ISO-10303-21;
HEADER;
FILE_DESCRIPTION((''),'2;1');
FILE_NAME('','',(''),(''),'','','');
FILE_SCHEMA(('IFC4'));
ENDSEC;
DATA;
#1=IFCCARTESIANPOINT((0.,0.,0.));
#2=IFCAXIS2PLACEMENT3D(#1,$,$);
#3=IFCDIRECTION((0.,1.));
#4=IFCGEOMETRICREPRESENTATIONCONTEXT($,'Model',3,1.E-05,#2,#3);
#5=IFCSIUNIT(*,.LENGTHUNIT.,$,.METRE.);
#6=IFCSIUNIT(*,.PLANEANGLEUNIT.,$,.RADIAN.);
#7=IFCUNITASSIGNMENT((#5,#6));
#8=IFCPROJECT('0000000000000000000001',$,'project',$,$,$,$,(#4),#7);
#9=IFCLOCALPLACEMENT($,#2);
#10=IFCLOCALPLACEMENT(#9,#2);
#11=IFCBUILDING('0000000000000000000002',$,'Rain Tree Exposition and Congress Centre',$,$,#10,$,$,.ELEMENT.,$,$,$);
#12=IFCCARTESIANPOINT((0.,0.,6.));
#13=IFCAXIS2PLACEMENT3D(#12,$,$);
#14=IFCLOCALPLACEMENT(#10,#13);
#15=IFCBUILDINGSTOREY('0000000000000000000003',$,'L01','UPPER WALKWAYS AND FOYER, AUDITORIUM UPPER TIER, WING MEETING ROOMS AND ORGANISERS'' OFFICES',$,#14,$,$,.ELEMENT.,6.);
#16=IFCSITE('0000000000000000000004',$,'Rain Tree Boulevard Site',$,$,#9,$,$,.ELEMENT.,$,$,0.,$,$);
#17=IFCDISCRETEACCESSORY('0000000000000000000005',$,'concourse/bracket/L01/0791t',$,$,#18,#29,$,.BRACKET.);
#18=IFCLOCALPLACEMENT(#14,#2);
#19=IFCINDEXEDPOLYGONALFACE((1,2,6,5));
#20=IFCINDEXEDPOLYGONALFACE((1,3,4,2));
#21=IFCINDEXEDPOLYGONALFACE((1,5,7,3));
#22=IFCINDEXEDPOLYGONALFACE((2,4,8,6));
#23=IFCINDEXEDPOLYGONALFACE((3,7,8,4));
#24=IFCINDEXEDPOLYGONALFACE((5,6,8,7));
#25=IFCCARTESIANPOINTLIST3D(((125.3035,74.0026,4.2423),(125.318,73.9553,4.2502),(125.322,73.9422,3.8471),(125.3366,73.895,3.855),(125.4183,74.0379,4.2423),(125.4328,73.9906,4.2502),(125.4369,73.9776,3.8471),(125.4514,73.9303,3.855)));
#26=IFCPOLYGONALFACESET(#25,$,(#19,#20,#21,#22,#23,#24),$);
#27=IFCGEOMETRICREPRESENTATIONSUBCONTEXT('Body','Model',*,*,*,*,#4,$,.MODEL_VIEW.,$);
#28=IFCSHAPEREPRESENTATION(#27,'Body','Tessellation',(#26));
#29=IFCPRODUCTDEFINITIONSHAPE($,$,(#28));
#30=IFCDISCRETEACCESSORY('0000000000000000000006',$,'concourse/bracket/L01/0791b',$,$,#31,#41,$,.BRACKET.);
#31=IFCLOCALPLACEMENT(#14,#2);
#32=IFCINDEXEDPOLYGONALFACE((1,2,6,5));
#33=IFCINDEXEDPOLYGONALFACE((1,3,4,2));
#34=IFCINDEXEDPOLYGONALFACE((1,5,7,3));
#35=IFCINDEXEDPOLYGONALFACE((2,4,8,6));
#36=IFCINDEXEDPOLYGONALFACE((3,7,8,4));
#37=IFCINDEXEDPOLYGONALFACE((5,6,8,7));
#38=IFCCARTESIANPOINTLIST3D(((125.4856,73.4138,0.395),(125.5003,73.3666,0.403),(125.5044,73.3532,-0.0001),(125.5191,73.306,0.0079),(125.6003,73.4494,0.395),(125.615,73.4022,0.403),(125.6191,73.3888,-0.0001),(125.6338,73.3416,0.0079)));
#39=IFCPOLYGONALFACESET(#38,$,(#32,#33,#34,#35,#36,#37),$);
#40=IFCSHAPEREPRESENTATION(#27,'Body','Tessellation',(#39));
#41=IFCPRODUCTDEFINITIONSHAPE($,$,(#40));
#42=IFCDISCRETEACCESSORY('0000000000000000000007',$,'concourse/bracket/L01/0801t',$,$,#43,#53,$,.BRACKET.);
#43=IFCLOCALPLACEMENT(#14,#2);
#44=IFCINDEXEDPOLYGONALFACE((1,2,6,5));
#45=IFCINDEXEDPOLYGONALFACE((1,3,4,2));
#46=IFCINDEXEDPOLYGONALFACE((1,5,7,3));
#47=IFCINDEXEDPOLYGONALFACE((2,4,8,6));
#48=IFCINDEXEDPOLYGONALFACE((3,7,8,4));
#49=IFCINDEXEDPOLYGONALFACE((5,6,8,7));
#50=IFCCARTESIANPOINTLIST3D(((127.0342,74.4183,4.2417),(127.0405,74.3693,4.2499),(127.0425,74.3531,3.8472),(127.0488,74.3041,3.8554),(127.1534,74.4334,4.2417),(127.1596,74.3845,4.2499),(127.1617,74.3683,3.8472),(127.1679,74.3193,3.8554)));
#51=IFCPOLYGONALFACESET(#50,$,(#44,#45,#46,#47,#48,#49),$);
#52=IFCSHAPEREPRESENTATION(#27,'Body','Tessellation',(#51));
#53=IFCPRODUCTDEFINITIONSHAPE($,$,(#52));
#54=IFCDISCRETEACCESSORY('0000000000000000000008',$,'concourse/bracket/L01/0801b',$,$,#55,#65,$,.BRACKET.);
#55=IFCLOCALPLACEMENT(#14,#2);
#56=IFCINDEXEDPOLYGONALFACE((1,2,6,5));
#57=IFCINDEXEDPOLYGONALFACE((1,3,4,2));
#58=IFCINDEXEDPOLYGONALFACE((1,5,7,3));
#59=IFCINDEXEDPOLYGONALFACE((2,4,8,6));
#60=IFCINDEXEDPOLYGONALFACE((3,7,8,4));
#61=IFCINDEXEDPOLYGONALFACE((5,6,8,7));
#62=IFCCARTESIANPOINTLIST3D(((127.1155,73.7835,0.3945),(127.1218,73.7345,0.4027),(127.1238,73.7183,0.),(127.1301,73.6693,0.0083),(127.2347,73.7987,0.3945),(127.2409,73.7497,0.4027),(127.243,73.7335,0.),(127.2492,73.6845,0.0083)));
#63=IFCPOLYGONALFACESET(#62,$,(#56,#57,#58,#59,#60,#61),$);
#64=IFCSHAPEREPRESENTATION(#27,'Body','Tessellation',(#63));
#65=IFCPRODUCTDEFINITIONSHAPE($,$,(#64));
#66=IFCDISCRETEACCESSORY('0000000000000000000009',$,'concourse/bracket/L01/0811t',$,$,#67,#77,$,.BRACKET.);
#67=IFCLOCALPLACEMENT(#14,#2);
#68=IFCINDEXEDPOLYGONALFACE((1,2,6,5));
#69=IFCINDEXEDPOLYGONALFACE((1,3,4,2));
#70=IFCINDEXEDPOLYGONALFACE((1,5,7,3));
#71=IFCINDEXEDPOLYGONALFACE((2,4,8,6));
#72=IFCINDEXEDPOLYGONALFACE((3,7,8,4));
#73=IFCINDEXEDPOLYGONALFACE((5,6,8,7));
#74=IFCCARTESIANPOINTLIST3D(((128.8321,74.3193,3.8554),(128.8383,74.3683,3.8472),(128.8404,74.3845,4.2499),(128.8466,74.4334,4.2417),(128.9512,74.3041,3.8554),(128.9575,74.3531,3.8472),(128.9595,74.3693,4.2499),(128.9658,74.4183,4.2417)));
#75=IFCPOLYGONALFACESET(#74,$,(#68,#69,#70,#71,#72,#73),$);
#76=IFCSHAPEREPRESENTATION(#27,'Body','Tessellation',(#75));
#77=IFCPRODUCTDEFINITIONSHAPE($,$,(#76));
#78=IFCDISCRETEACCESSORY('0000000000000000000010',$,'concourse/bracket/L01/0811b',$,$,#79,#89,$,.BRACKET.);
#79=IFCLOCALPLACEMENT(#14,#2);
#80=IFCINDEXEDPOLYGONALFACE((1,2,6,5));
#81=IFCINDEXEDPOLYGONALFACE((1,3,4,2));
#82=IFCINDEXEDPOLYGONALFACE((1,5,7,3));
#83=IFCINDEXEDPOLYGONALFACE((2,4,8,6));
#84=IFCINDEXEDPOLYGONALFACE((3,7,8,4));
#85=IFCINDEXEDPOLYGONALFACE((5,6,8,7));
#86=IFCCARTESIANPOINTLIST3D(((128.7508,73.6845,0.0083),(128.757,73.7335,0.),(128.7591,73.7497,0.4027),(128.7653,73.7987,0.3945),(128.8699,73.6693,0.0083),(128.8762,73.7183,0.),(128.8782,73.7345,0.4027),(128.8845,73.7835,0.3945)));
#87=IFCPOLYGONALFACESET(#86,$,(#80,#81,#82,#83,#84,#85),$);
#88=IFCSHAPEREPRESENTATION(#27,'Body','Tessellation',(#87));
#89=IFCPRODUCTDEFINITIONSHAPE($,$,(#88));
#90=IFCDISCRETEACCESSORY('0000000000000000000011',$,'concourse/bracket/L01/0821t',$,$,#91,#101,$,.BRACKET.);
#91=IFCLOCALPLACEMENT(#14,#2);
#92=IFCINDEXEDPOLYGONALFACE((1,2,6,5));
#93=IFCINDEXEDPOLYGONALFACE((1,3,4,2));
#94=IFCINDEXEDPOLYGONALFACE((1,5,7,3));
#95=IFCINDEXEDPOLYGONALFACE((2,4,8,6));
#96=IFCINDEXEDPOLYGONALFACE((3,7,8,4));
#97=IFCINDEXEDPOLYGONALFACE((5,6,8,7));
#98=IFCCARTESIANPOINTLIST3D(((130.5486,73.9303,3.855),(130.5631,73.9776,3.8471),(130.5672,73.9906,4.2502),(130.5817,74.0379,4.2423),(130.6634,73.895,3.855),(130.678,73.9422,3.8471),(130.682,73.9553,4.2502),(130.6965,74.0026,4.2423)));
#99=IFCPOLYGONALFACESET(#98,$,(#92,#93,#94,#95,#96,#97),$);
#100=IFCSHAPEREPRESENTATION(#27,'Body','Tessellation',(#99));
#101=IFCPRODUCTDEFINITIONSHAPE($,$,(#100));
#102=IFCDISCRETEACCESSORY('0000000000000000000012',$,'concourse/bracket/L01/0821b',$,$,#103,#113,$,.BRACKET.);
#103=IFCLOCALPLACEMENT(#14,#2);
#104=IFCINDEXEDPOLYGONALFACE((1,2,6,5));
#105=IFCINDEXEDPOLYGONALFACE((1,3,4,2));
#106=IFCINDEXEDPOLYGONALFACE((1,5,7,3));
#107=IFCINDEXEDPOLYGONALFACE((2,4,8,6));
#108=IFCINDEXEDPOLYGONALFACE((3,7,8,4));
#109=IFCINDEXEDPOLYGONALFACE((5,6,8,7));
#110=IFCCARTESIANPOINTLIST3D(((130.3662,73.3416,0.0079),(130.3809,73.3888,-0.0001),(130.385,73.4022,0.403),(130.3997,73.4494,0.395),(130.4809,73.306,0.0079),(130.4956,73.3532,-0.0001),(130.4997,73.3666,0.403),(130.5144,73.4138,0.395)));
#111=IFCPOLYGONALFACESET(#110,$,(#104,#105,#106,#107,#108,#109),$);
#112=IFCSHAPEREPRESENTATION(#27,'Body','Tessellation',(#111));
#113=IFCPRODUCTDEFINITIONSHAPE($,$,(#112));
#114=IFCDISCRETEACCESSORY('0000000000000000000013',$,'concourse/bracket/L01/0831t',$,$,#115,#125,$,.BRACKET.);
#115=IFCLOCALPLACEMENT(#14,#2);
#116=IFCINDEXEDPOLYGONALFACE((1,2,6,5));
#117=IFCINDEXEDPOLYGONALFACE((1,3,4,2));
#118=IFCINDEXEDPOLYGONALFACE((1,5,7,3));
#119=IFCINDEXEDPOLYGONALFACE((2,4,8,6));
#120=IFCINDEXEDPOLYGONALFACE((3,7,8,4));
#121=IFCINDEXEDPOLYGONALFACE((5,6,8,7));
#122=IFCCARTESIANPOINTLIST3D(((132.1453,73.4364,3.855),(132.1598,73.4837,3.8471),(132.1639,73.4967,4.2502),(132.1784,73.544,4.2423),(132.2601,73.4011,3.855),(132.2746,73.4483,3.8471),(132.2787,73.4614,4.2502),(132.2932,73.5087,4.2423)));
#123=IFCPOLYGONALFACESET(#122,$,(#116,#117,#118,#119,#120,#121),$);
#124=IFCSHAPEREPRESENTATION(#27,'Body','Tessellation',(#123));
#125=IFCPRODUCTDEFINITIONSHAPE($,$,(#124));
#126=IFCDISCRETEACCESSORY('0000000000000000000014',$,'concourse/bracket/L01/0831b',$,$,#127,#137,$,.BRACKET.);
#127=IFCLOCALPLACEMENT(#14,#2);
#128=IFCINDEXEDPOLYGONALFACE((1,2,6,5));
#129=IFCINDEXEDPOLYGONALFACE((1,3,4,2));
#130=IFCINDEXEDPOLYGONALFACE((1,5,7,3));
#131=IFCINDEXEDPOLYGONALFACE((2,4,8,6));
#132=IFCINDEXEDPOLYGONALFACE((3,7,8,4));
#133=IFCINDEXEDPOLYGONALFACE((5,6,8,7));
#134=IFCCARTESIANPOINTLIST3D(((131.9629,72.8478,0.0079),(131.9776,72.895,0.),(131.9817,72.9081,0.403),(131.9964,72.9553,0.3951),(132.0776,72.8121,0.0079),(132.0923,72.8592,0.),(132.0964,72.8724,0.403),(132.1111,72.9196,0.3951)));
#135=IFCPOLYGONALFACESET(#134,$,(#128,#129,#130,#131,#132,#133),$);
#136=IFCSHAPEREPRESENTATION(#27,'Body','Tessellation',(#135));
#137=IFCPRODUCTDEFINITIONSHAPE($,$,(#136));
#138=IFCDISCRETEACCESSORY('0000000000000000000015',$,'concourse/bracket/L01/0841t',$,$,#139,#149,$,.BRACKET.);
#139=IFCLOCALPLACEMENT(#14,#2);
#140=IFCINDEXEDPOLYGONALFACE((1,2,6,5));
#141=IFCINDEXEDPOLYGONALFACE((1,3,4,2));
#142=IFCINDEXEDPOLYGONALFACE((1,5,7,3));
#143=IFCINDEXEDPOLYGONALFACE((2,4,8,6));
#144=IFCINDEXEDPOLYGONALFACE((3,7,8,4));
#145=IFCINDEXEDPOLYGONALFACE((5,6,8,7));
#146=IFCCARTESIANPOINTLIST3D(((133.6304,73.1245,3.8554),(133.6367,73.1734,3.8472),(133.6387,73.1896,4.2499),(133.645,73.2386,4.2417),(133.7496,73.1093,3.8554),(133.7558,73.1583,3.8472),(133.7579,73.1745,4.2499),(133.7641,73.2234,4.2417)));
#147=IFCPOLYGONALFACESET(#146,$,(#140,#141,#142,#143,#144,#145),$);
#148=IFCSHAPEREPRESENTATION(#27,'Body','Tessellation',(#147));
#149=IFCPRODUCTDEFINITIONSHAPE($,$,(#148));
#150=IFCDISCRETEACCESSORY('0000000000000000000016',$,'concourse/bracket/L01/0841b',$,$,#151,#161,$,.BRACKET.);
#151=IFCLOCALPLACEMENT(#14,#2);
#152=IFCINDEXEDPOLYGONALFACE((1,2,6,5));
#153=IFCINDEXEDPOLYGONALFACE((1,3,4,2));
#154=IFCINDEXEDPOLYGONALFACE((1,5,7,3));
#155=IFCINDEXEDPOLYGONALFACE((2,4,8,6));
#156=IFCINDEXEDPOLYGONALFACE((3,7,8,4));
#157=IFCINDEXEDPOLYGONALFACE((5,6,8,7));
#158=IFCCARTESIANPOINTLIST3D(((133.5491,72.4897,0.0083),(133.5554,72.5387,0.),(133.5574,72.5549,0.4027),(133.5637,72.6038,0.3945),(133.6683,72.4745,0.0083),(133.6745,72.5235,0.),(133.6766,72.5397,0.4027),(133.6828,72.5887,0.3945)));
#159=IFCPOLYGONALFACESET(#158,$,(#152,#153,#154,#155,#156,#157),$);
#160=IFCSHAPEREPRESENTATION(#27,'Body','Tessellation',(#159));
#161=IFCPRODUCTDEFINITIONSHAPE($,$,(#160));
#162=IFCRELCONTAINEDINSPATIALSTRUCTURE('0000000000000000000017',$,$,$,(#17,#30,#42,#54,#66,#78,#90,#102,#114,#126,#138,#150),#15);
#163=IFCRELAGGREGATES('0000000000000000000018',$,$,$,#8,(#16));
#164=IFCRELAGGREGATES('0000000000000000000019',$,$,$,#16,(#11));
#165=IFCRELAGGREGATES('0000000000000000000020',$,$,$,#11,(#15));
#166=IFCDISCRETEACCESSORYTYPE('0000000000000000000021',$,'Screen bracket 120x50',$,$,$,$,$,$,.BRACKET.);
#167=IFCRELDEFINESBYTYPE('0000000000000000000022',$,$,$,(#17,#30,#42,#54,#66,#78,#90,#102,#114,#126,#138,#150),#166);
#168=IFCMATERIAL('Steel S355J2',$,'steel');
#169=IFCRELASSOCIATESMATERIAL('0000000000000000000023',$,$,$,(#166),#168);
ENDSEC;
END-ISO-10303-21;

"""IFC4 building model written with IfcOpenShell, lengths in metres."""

from ifc_helpers import new_model, si_unit, direction, frame, origin, origin_2d, place, context, subcontext, project, spatial, rectangle, extrude, material, material_profile, profile_set, type_object, element, save


model = new_model("IFC4")

# Units and contexts
model_context = context("Model", 3, precision=1e-05, world=origin(), true_north=direction((0.0, 1.0)))
body_context = subcontext(model_context, "Body", "Model", "MODEL_VIEW")
ifc_project = project(units=[si_unit("LENGTHUNIT", "METRE"), si_unit("PLANEANGLEUNIT", "RADIAN")], contexts=[model_context])

# Site, building, storey
site_placement = place(None, origin())
site = spatial("IfcSite", under=ifc_project, at=site_placement, Name="Rain Tree Boulevard Site", CompositionType="ELEMENT", RefElevation=0.0)
building_placement = place(site_placement, origin())
building = spatial("IfcBuilding", under=site, at=building_placement, Name="Rain Tree Exposition and Congress Centre", CompositionType="ELEMENT")
storey_placement = place(building_placement, frame((0.0, 0.0, 6.0)))
storey = spatial("IfcBuildingStorey", under=building, at=storey_placement, Name="L01", Description="UPPER WALKWAYS AND FOYER, AUDITORIUM UPPER TIER, WING MEETING ROOMS AND ORGANISERS' OFFICES", CompositionType="ELEMENT", Elevation=6.0)

# Discrete accessories
ifc_material_1 = material(Name="Steel S355J2", Category="steel")
ifc_material_profile_1 = material_profile(ifc_material_1, rectangle(XDim=0.1201, YDim=0.05, at=origin_2d()), Name="Flat bar 120x50")
ifc_profile_set_1 = profile_set([ifc_material_profile_1], Name="Steel S355J2")
discrete_accessory_type = type_object("IfcDiscreteAccessoryType", Name="Screen bracket 120x50", PredefinedType="BRACKET", material=ifc_profile_set_1)
for number, where, z_axis, x_axis, name in (
    (1, (125.3867, 73.9363, 3.8511), (-0.046384, 0.150747, 0.987484), (-0.955779, -0.294086, 0.0), "concourse/bracket/L01/0791t"),
    (2, (125.5691, 73.3474, 0.0039), (-0.046988, 0.151339, 0.987364), (-0.955027, -0.29652, 0.0), "concourse/bracket/L01/0791b"),
):
    element("IfcDiscreteAccessory", number, at=place(storey_placement, frame(where, z_axis=z_axis, x_axis=x_axis)), inside=storey, type_object=discrete_accessory_type, Name=name, PredefinedType="BRACKET", context=body_context, shape_type="SweptSolid", body=[
        extrude(rectangle(XDim=0.1201, YDim=0.05, at=origin_2d()), origin(), (0.0, 0.0, 1.0), 0.4001),
    ])
for number, where, z_axis, x_axis, name in (
    (3, (127.1052, 74.3362, 3.8513), (-0.020754, 0.162978, 0.986411), (-0.991989, -0.126321, 0.0), "concourse/bracket/L01/0801t"),
    (4, (127.1865, 73.7014, 0.0042), (-0.020754, 0.162978, 0.986411), (-0.991989, -0.126321, 0.0), "concourse/bracket/L01/0801b"),
    (5, (128.8948, 74.3362, 3.8513), (0.020754, 0.162978, 0.986411), (-0.991989, 0.126321, 0.0), "concourse/bracket/L01/0811t"),
    (6, (128.8135, 73.7014, 0.0042), (0.020754, 0.162978, 0.986411), (-0.991989, 0.126321, 0.0), "concourse/bracket/L01/0811b"),
):
    element("IfcDiscreteAccessory", number, at=place(storey_placement, frame(where, z_axis=z_axis, x_axis=x_axis)), inside=storey, type_object=discrete_accessory_type, Name=name, PredefinedType="BRACKET", context=body_context, shape_type="SweptSolid", body=[
        extrude(rectangle(XDim=0.1201, YDim=0.05, at=origin_2d()), origin(), (0.0, 0.0, 1.0), 0.3999),
    ])
for number, where, z_axis, x_axis, name in (
    (7, (130.6133, 73.9363, 3.8511), (0.046384, 0.150747, 0.987484), (-0.955779, 0.294086, 0.0), "concourse/bracket/L01/0821t"),
    (8, (130.4309, 73.3474, 0.0039), (0.046988, 0.151339, 0.987364), (-0.955027, 0.29652, 0.0), "concourse/bracket/L01/0821b"),
    (9, (132.21, 73.4424, 3.8511), (0.046384, 0.150747, 0.987484), (-0.955779, 0.294086, 0.0), "concourse/bracket/L01/0831t"),
    (10, (132.0276, 72.8535, 0.0039), (0.046993, 0.150743, 0.987456), (-0.954686, 0.297615, 0.0), "concourse/bracket/L01/0831b"),
):
    element("IfcDiscreteAccessory", number, at=place(storey_placement, frame(where, z_axis=z_axis, x_axis=x_axis)), inside=storey, type_object=discrete_accessory_type, Name=name, PredefinedType="BRACKET", context=body_context, shape_type="SweptSolid", body=[
        extrude(rectangle(XDim=0.1201, YDim=0.05, at=origin_2d()), origin(), (0.0, 0.0, 1.0), 0.4001),
    ])
for number, where, z_axis, x_axis, name in (
    (11, (133.6931, 73.1414, 3.8513), (0.020754, 0.162978, 0.986411), (-0.991989, 0.126321, 0.0), "concourse/bracket/L01/0841t"),
    (12, (133.6118, 72.5066, 0.0042), (0.020754, 0.162978, 0.986411), (-0.991989, 0.126321, 0.0), "concourse/bracket/L01/0841b"),
):
    element("IfcDiscreteAccessory", number, at=place(storey_placement, frame(where, z_axis=z_axis, x_axis=x_axis)), inside=storey, type_object=discrete_accessory_type, Name=name, PredefinedType="BRACKET", context=body_context, shape_type="SweptSolid", body=[
        extrude(rectangle(XDim=0.1201, YDim=0.05, at=origin_2d()), origin(), (0.0, 0.0, 1.0), 0.3999),
    ])

save(model, "model.ifc")
